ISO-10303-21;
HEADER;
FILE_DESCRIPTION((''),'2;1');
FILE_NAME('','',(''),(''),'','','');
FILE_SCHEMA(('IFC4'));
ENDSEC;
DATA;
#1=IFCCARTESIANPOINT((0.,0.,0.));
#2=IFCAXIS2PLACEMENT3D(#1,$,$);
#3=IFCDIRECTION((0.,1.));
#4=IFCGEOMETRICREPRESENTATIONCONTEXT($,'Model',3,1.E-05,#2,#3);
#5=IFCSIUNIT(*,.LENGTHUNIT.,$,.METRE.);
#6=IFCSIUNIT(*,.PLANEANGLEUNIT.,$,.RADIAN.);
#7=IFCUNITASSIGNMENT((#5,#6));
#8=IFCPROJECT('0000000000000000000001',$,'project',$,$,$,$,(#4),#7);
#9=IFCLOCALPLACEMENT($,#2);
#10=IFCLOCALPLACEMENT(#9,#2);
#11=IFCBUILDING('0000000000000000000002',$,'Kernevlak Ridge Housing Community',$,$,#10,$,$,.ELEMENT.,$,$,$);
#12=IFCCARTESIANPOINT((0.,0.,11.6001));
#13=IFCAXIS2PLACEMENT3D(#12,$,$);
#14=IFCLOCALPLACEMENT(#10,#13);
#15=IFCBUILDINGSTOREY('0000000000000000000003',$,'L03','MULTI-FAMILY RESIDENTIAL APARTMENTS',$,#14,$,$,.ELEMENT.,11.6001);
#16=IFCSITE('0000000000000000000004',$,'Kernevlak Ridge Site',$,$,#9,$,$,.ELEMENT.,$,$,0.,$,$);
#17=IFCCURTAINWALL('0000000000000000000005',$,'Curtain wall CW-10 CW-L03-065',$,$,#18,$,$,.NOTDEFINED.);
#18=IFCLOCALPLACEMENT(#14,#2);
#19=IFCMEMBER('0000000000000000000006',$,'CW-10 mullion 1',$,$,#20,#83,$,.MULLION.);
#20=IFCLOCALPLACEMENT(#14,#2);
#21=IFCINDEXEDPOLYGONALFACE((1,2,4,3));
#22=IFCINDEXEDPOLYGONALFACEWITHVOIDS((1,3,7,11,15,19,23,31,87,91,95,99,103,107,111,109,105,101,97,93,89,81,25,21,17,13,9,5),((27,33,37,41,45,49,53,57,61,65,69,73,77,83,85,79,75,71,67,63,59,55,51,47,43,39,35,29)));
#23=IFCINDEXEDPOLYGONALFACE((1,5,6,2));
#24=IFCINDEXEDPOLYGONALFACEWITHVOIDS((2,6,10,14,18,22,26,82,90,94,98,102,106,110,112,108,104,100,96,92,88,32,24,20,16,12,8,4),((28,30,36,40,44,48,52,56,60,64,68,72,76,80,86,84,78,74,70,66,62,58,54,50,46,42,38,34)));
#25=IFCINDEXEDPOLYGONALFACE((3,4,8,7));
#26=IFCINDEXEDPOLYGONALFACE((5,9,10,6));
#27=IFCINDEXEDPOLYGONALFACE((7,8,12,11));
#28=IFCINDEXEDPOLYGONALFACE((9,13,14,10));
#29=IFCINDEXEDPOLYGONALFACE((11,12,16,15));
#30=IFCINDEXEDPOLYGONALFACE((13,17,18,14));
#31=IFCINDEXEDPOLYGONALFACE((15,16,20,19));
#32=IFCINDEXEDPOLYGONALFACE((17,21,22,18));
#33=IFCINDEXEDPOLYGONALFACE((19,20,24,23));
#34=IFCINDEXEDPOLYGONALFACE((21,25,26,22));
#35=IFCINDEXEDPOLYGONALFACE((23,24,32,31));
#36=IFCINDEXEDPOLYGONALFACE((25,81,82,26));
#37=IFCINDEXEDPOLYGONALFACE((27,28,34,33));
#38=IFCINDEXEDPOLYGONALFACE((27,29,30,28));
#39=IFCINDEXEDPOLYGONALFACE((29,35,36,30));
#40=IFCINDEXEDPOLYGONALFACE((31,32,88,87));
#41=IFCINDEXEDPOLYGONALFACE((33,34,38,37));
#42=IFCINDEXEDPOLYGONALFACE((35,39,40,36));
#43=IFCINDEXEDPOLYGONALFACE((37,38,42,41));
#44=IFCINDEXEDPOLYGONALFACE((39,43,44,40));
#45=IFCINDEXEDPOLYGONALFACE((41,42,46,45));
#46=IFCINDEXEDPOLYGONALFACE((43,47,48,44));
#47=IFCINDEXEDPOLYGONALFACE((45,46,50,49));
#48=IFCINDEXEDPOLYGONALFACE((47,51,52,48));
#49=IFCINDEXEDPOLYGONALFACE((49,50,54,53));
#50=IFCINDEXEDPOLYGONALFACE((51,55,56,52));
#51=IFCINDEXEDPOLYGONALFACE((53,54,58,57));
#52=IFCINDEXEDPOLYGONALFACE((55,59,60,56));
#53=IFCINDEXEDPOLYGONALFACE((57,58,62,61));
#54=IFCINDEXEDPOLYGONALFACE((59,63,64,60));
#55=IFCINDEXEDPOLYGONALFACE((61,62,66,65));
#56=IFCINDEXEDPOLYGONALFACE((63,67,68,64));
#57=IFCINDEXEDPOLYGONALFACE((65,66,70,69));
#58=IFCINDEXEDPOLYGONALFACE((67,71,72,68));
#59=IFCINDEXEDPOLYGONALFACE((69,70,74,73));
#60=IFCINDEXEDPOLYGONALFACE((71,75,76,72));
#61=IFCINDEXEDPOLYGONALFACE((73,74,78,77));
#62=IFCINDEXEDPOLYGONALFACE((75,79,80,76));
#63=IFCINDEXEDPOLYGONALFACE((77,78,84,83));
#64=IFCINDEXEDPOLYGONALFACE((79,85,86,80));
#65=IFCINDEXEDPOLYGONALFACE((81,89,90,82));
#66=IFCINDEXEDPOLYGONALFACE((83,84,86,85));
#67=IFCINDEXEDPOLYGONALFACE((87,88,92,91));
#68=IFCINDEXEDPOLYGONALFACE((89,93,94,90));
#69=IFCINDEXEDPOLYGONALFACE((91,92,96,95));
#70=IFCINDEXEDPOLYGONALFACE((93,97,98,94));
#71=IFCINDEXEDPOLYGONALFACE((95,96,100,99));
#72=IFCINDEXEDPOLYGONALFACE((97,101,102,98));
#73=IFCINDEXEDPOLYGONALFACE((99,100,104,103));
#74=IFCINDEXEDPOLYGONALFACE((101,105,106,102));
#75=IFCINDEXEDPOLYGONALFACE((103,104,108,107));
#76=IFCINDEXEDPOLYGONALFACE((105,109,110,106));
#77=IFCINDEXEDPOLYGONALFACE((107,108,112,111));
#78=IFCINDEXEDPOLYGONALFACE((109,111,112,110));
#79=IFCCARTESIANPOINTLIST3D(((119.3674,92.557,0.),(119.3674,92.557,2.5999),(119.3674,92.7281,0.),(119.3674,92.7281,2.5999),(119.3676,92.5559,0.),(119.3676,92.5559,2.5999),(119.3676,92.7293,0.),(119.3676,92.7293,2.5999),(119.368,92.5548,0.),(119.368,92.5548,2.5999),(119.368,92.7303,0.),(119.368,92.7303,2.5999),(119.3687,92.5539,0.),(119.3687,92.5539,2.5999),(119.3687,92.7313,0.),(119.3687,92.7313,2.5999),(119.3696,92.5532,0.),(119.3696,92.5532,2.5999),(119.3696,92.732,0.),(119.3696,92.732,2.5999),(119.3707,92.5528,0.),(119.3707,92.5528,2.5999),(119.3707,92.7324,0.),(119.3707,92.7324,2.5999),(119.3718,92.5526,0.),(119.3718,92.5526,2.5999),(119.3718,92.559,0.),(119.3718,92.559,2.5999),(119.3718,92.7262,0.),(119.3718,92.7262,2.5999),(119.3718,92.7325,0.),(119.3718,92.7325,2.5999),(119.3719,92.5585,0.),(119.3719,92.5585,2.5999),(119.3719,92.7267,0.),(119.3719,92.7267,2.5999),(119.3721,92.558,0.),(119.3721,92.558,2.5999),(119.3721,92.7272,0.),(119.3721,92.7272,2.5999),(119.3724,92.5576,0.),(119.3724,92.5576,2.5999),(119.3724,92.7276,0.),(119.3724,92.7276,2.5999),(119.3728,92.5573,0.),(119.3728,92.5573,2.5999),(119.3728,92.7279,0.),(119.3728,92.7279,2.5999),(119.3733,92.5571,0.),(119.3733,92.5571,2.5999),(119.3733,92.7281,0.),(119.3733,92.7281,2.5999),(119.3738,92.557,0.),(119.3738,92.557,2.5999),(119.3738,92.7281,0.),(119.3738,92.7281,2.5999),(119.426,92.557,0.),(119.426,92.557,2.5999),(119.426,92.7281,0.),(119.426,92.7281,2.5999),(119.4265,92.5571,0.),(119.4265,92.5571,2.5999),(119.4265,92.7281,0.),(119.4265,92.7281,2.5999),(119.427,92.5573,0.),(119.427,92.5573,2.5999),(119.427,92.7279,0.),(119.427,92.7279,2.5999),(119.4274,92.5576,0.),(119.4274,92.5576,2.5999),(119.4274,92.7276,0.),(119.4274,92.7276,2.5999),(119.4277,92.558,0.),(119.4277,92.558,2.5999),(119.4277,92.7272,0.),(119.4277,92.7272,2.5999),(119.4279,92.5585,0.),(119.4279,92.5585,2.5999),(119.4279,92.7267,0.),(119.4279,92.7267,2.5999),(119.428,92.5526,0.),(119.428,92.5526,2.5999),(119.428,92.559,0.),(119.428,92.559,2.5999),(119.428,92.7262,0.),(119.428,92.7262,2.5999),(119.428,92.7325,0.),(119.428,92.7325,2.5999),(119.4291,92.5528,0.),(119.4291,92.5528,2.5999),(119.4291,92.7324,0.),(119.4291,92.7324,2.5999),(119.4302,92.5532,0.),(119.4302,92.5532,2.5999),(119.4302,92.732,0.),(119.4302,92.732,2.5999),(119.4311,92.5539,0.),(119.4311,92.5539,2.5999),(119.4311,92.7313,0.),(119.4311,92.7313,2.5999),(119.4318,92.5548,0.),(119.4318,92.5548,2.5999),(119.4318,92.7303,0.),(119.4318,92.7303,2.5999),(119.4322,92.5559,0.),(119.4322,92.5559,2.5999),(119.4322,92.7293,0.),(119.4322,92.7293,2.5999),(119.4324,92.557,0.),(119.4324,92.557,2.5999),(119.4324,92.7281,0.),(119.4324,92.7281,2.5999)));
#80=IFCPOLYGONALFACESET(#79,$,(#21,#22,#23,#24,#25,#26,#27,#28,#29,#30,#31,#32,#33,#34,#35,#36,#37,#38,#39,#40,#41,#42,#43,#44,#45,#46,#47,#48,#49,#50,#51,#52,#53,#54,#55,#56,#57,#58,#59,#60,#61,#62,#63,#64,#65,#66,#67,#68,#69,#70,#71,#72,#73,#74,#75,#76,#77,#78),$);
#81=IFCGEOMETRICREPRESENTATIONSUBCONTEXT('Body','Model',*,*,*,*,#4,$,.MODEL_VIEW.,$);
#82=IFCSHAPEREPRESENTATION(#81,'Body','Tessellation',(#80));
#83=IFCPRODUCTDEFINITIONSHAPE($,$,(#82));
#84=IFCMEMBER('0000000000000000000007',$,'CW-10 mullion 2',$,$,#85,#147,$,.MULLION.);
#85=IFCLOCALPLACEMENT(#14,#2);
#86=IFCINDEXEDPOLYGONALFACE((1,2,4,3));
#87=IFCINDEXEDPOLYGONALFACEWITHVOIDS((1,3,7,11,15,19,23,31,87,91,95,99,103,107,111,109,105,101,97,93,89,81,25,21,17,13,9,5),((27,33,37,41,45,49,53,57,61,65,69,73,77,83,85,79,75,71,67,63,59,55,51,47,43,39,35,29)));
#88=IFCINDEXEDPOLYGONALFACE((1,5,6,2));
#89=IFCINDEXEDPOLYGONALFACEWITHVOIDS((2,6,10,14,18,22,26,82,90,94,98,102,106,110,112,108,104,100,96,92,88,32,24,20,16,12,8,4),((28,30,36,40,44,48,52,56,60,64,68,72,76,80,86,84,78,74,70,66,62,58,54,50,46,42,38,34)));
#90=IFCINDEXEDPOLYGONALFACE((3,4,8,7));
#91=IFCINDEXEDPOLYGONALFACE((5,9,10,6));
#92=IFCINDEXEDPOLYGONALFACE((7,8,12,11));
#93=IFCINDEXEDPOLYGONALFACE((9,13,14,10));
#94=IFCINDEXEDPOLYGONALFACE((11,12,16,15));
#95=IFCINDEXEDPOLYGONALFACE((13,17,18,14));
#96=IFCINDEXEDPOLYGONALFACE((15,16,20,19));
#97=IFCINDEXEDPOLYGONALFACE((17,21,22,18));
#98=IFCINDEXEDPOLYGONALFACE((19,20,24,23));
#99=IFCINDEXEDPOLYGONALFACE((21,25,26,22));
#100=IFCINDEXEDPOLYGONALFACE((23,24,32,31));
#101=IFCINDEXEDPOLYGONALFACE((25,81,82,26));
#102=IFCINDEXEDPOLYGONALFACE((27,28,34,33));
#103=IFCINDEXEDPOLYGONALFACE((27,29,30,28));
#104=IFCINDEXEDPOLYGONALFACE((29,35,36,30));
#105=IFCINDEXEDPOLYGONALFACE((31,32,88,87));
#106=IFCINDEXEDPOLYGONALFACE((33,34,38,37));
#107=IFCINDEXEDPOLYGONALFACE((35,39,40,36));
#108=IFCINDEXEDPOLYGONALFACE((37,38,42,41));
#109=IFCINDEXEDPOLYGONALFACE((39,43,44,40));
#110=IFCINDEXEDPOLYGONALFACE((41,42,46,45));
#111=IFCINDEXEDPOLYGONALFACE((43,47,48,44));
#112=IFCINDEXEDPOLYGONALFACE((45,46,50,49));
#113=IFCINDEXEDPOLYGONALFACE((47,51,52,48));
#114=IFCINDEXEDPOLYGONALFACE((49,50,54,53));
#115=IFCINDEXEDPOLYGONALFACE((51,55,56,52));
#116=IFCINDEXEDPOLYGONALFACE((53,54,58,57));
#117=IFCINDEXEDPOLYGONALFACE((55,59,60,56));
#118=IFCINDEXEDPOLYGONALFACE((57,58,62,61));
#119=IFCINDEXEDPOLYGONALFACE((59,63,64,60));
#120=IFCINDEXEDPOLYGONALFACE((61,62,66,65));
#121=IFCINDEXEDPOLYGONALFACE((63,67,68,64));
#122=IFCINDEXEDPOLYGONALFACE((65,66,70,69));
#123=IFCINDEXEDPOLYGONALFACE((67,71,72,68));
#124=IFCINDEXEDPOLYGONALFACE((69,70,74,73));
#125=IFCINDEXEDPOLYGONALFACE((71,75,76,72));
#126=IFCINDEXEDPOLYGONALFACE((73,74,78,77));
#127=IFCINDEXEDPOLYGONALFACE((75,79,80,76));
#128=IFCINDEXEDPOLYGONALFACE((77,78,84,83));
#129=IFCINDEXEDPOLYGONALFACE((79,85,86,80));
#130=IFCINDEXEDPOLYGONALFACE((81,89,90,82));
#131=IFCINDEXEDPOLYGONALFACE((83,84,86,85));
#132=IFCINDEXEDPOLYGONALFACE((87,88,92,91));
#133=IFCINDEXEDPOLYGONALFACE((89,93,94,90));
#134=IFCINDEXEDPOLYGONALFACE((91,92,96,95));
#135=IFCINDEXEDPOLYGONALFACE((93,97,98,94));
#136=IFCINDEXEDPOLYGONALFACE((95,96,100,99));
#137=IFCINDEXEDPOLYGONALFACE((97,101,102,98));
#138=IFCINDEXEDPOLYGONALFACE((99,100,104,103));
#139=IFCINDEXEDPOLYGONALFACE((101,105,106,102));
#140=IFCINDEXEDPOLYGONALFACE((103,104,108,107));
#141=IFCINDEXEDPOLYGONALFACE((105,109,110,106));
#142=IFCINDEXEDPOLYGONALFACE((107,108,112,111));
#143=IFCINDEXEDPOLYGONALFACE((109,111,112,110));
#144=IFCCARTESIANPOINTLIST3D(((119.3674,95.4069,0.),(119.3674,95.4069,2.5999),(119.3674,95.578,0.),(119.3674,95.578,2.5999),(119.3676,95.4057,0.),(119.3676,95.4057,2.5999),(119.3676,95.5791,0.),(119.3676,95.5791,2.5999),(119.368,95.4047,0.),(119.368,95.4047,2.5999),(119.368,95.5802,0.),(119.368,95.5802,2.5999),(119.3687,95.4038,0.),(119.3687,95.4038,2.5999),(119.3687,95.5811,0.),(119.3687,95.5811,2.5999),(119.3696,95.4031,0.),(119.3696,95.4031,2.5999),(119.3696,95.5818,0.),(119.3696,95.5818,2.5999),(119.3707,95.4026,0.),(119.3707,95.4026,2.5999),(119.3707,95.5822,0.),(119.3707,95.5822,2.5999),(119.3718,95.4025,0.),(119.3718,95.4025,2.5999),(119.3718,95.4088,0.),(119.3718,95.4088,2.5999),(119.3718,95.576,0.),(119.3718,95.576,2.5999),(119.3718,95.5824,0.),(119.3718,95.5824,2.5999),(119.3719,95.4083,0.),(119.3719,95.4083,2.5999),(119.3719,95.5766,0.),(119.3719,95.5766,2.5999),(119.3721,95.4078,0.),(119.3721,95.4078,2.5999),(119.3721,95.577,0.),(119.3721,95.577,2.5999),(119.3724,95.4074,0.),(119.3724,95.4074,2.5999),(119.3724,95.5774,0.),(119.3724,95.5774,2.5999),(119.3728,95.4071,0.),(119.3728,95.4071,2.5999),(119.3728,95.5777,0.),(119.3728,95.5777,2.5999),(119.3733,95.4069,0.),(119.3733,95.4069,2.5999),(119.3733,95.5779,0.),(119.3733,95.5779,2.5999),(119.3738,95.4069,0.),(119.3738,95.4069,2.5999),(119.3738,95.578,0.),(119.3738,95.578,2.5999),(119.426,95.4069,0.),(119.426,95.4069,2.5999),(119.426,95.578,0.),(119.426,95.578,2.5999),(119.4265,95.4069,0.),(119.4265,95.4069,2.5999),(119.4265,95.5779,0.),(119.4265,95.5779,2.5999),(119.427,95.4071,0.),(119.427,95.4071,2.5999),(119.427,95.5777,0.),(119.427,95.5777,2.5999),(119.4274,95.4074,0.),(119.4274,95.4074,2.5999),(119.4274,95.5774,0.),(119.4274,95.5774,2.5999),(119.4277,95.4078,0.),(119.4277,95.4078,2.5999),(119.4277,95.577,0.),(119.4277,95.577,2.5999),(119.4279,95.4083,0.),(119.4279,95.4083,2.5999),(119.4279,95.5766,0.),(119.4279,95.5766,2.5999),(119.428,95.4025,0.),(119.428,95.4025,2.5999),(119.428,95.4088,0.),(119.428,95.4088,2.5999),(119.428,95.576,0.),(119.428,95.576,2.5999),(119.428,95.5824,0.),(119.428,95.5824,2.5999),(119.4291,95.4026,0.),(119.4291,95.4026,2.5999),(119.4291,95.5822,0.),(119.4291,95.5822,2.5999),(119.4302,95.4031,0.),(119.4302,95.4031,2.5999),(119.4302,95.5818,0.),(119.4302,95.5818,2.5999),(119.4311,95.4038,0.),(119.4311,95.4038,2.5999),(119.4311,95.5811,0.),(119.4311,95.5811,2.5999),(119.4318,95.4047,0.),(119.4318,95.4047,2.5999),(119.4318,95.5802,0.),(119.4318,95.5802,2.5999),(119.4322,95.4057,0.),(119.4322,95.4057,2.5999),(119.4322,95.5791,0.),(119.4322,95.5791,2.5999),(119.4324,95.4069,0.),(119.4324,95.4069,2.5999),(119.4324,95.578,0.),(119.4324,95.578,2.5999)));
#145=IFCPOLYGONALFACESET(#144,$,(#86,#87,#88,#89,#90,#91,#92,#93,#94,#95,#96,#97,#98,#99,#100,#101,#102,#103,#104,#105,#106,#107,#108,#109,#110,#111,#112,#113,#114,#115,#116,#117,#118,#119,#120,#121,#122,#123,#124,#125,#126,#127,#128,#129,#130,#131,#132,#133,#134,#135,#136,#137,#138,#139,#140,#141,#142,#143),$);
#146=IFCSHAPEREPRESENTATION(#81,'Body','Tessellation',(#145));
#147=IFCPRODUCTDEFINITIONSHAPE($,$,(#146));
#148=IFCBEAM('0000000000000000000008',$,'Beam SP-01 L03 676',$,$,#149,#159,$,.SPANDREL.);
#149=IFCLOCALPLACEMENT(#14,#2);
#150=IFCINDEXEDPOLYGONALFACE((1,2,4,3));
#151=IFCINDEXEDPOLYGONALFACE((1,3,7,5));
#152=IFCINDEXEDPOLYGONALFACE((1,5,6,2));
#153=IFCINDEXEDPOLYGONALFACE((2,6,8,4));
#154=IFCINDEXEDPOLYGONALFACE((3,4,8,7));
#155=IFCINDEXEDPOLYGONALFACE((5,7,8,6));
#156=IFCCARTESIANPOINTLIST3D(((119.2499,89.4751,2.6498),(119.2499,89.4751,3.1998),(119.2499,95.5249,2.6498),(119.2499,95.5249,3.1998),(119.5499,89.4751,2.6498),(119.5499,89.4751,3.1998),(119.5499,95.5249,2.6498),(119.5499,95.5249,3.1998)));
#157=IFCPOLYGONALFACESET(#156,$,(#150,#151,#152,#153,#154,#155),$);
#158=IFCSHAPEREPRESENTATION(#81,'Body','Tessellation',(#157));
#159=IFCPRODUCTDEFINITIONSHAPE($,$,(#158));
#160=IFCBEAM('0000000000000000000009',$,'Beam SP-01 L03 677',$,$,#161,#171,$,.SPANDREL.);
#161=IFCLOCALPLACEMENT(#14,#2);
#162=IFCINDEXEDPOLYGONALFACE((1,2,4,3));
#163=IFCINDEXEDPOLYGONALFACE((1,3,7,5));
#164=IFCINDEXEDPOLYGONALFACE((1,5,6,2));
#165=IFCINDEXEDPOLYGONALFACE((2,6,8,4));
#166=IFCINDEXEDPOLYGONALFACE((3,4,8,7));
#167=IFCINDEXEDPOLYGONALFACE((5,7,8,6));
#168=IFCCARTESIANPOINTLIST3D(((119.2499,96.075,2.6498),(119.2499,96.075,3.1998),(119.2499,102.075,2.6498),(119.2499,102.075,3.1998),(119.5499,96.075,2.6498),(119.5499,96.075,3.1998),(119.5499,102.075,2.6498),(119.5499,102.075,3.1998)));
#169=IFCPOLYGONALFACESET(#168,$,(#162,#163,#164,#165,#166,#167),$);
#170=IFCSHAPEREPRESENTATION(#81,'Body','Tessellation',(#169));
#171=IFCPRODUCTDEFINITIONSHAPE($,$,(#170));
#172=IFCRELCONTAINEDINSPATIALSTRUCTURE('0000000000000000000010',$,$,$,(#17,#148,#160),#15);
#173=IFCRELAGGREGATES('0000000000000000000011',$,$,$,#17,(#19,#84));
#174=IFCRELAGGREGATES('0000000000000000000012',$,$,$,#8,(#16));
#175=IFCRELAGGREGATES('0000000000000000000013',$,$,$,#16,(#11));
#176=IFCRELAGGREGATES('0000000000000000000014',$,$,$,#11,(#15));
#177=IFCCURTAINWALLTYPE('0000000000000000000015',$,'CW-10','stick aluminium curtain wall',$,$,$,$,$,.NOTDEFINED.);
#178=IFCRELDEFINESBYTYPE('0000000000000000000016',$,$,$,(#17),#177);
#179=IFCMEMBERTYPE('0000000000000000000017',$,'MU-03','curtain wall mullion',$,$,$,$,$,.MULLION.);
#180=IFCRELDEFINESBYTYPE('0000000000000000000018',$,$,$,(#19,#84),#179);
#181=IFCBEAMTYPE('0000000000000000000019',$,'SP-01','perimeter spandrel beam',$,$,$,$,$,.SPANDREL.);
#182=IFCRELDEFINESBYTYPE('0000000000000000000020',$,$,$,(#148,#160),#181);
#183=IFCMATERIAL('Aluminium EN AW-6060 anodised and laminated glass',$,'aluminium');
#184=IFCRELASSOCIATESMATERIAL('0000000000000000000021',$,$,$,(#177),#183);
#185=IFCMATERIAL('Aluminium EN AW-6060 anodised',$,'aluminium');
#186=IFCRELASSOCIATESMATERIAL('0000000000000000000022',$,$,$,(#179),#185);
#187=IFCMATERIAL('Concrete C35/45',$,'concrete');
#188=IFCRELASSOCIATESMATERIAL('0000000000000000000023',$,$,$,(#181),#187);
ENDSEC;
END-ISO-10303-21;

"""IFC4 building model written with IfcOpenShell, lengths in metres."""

from ifc_helpers import new_model, si_unit, direction, frame, origin, origin_2d, place, context, subcontext, project, spatial, rectangle, hollow_rectangle, extrude, material, material_profile, profile_set, type_object, element, aggregate, save


model = new_model("IFC4")

# Units and contexts
model_context = context("Model", 3, precision=1e-05, world=origin(), true_north=direction((0.0, 1.0)))
body_context = subcontext(model_context, "Body", "Model", "MODEL_VIEW")
ifc_project = project(units=[si_unit("LENGTHUNIT", "METRE"), si_unit("PLANEANGLEUNIT", "RADIAN")], contexts=[model_context])

# Site, building, storey
site_placement = place(None, origin())
site = spatial("IfcSite", under=ifc_project, at=site_placement, Name="Kernevlak Ridge Site", CompositionType="ELEMENT", RefElevation=0.0)
building_placement = place(site_placement, origin())
building = spatial("IfcBuilding", under=site, at=building_placement, Name="Kernevlak Ridge Housing Community", CompositionType="ELEMENT")
storey_placement = place(building_placement, frame((0.0, 0.0, 11.6001)))
storey = spatial("IfcBuildingStorey", under=building, at=storey_placement, Name="L03", Description="MULTI-FAMILY RESIDENTIAL APARTMENTS", CompositionType="ELEMENT", Elevation=11.6001)

# Curtain wall, members
ifc_material_1 = material(Name="Aluminium EN AW-6060 anodised and laminated glass", Category="aluminium")
ifc_material_2 = material(Name="Aluminium EN AW-6060 anodised", Category="aluminium")
curtain_wall_type_1 = type_object("IfcCurtainWallType", Name="CW-10", Description="stick aluminium curtain wall", PredefinedType="NOTDEFINED", material=ifc_material_1)
curtain_wall_1_placement = place(storey_placement, origin())
curtain_wall_1 = element("IfcCurtainWall", 1, at=curtain_wall_1_placement, inside=storey, type_object=curtain_wall_type_1, Name="Curtain wall CW-10 CW-L03-065", PredefinedType="NOTDEFINED")
ifc_material_profile_1 = material_profile(ifc_material_2, hollow_rectangle(XDim=0.0649, YDim=0.1799, WallThickness=0.0044, InnerFilletRadius=0.002, OuterFilletRadius=0.0044, at=origin_2d()), Name="ALU 65x180x4.5")
ifc_profile_set_1 = profile_set([ifc_material_profile_1], Name="Aluminium EN AW-6060 anodised")
member_type_1 = type_object("IfcMemberType", Name="MU-03", Description="curtain wall mullion", PredefinedType="MULLION", material=ifc_profile_set_1)
member_1_placement = place(storey_placement, frame((119.3999, 92.6426, 0.0), z_axis=(0.0, 0.0, 1.0), x_axis=(-1.0, 0.0, 0.0)))
member_1 = element("IfcMember", 2, at=member_1_placement, type_object=member_type_1, Name="CW-10 mullion 1", PredefinedType="MULLION", context=body_context, shape_type="SweptSolid", body=[
    extrude(hollow_rectangle(XDim=0.0649, YDim=0.1799, WallThickness=0.0044, InnerFilletRadius=0.002, OuterFilletRadius=0.0044, at=origin_2d()), origin(), (0.0, 0.0, 1.0), 2.5999),
])
member_2_placement = place(storey_placement, frame((119.3999, 95.4924, 0.0), z_axis=(0.0, 0.0, 1.0), x_axis=(-1.0, 0.0, 0.0)))
member_2 = element("IfcMember", 3, at=member_2_placement, type_object=member_type_1, Name="CW-10 mullion 2", PredefinedType="MULLION", context=body_context, shape_type="SweptSolid", body=[
    extrude(hollow_rectangle(XDim=0.0649, YDim=0.1799, WallThickness=0.0044, InnerFilletRadius=0.002, OuterFilletRadius=0.0044, at=origin_2d()), origin(), (0.0, 0.0, 1.0), 2.5999),
])

# Beams
ifc_material_3 = material(Name="Concrete C35/45", Category="concrete")
ifc_material_profile_2 = material_profile(ifc_material_3, rectangle(XDim=0.3, YDim=0.55, at=origin_2d()), Name="RC 300x550")
ifc_profile_set_2 = profile_set([ifc_material_profile_2], Name="Concrete C35/45")
beam_type = type_object("IfcBeamType", Name="SP-01", Description="perimeter spandrel beam", PredefinedType="SPANDREL", material=ifc_profile_set_2)
beam_1_placement = place(storey_placement, frame((119.3999, 89.4751, 2.9248), z_axis=(0.0, 1.0, 0.0), x_axis=(-1.0, 0.0, 0.0)))
element("IfcBeam", 4, at=beam_1_placement, inside=storey, type_object=beam_type, Name="Beam SP-01 L03 676", PredefinedType="SPANDREL", context=body_context, shape_type="SweptSolid", body=[
    extrude(rectangle(XDim=0.3, YDim=0.55, at=origin_2d()), origin(), (0.0, 0.0, 1.0), 6.0498),
])
beam_2_placement = place(storey_placement, frame((119.3999, 96.075, 2.9248), z_axis=(0.0, 1.0, 0.0), x_axis=(-1.0, 0.0, 0.0)))
element("IfcBeam", 5, at=beam_2_placement, inside=storey, type_object=beam_type, Name="Beam SP-01 L03 677", PredefinedType="SPANDREL", context=body_context, shape_type="SweptSolid", body=[
    extrude(rectangle(XDim=0.3, YDim=0.55, at=origin_2d()), origin(), (0.0, 0.0, 1.0), 6.0),
])

aggregate(curtain_wall_1, [member_1, member_2])

save(model, "model.ifc")
